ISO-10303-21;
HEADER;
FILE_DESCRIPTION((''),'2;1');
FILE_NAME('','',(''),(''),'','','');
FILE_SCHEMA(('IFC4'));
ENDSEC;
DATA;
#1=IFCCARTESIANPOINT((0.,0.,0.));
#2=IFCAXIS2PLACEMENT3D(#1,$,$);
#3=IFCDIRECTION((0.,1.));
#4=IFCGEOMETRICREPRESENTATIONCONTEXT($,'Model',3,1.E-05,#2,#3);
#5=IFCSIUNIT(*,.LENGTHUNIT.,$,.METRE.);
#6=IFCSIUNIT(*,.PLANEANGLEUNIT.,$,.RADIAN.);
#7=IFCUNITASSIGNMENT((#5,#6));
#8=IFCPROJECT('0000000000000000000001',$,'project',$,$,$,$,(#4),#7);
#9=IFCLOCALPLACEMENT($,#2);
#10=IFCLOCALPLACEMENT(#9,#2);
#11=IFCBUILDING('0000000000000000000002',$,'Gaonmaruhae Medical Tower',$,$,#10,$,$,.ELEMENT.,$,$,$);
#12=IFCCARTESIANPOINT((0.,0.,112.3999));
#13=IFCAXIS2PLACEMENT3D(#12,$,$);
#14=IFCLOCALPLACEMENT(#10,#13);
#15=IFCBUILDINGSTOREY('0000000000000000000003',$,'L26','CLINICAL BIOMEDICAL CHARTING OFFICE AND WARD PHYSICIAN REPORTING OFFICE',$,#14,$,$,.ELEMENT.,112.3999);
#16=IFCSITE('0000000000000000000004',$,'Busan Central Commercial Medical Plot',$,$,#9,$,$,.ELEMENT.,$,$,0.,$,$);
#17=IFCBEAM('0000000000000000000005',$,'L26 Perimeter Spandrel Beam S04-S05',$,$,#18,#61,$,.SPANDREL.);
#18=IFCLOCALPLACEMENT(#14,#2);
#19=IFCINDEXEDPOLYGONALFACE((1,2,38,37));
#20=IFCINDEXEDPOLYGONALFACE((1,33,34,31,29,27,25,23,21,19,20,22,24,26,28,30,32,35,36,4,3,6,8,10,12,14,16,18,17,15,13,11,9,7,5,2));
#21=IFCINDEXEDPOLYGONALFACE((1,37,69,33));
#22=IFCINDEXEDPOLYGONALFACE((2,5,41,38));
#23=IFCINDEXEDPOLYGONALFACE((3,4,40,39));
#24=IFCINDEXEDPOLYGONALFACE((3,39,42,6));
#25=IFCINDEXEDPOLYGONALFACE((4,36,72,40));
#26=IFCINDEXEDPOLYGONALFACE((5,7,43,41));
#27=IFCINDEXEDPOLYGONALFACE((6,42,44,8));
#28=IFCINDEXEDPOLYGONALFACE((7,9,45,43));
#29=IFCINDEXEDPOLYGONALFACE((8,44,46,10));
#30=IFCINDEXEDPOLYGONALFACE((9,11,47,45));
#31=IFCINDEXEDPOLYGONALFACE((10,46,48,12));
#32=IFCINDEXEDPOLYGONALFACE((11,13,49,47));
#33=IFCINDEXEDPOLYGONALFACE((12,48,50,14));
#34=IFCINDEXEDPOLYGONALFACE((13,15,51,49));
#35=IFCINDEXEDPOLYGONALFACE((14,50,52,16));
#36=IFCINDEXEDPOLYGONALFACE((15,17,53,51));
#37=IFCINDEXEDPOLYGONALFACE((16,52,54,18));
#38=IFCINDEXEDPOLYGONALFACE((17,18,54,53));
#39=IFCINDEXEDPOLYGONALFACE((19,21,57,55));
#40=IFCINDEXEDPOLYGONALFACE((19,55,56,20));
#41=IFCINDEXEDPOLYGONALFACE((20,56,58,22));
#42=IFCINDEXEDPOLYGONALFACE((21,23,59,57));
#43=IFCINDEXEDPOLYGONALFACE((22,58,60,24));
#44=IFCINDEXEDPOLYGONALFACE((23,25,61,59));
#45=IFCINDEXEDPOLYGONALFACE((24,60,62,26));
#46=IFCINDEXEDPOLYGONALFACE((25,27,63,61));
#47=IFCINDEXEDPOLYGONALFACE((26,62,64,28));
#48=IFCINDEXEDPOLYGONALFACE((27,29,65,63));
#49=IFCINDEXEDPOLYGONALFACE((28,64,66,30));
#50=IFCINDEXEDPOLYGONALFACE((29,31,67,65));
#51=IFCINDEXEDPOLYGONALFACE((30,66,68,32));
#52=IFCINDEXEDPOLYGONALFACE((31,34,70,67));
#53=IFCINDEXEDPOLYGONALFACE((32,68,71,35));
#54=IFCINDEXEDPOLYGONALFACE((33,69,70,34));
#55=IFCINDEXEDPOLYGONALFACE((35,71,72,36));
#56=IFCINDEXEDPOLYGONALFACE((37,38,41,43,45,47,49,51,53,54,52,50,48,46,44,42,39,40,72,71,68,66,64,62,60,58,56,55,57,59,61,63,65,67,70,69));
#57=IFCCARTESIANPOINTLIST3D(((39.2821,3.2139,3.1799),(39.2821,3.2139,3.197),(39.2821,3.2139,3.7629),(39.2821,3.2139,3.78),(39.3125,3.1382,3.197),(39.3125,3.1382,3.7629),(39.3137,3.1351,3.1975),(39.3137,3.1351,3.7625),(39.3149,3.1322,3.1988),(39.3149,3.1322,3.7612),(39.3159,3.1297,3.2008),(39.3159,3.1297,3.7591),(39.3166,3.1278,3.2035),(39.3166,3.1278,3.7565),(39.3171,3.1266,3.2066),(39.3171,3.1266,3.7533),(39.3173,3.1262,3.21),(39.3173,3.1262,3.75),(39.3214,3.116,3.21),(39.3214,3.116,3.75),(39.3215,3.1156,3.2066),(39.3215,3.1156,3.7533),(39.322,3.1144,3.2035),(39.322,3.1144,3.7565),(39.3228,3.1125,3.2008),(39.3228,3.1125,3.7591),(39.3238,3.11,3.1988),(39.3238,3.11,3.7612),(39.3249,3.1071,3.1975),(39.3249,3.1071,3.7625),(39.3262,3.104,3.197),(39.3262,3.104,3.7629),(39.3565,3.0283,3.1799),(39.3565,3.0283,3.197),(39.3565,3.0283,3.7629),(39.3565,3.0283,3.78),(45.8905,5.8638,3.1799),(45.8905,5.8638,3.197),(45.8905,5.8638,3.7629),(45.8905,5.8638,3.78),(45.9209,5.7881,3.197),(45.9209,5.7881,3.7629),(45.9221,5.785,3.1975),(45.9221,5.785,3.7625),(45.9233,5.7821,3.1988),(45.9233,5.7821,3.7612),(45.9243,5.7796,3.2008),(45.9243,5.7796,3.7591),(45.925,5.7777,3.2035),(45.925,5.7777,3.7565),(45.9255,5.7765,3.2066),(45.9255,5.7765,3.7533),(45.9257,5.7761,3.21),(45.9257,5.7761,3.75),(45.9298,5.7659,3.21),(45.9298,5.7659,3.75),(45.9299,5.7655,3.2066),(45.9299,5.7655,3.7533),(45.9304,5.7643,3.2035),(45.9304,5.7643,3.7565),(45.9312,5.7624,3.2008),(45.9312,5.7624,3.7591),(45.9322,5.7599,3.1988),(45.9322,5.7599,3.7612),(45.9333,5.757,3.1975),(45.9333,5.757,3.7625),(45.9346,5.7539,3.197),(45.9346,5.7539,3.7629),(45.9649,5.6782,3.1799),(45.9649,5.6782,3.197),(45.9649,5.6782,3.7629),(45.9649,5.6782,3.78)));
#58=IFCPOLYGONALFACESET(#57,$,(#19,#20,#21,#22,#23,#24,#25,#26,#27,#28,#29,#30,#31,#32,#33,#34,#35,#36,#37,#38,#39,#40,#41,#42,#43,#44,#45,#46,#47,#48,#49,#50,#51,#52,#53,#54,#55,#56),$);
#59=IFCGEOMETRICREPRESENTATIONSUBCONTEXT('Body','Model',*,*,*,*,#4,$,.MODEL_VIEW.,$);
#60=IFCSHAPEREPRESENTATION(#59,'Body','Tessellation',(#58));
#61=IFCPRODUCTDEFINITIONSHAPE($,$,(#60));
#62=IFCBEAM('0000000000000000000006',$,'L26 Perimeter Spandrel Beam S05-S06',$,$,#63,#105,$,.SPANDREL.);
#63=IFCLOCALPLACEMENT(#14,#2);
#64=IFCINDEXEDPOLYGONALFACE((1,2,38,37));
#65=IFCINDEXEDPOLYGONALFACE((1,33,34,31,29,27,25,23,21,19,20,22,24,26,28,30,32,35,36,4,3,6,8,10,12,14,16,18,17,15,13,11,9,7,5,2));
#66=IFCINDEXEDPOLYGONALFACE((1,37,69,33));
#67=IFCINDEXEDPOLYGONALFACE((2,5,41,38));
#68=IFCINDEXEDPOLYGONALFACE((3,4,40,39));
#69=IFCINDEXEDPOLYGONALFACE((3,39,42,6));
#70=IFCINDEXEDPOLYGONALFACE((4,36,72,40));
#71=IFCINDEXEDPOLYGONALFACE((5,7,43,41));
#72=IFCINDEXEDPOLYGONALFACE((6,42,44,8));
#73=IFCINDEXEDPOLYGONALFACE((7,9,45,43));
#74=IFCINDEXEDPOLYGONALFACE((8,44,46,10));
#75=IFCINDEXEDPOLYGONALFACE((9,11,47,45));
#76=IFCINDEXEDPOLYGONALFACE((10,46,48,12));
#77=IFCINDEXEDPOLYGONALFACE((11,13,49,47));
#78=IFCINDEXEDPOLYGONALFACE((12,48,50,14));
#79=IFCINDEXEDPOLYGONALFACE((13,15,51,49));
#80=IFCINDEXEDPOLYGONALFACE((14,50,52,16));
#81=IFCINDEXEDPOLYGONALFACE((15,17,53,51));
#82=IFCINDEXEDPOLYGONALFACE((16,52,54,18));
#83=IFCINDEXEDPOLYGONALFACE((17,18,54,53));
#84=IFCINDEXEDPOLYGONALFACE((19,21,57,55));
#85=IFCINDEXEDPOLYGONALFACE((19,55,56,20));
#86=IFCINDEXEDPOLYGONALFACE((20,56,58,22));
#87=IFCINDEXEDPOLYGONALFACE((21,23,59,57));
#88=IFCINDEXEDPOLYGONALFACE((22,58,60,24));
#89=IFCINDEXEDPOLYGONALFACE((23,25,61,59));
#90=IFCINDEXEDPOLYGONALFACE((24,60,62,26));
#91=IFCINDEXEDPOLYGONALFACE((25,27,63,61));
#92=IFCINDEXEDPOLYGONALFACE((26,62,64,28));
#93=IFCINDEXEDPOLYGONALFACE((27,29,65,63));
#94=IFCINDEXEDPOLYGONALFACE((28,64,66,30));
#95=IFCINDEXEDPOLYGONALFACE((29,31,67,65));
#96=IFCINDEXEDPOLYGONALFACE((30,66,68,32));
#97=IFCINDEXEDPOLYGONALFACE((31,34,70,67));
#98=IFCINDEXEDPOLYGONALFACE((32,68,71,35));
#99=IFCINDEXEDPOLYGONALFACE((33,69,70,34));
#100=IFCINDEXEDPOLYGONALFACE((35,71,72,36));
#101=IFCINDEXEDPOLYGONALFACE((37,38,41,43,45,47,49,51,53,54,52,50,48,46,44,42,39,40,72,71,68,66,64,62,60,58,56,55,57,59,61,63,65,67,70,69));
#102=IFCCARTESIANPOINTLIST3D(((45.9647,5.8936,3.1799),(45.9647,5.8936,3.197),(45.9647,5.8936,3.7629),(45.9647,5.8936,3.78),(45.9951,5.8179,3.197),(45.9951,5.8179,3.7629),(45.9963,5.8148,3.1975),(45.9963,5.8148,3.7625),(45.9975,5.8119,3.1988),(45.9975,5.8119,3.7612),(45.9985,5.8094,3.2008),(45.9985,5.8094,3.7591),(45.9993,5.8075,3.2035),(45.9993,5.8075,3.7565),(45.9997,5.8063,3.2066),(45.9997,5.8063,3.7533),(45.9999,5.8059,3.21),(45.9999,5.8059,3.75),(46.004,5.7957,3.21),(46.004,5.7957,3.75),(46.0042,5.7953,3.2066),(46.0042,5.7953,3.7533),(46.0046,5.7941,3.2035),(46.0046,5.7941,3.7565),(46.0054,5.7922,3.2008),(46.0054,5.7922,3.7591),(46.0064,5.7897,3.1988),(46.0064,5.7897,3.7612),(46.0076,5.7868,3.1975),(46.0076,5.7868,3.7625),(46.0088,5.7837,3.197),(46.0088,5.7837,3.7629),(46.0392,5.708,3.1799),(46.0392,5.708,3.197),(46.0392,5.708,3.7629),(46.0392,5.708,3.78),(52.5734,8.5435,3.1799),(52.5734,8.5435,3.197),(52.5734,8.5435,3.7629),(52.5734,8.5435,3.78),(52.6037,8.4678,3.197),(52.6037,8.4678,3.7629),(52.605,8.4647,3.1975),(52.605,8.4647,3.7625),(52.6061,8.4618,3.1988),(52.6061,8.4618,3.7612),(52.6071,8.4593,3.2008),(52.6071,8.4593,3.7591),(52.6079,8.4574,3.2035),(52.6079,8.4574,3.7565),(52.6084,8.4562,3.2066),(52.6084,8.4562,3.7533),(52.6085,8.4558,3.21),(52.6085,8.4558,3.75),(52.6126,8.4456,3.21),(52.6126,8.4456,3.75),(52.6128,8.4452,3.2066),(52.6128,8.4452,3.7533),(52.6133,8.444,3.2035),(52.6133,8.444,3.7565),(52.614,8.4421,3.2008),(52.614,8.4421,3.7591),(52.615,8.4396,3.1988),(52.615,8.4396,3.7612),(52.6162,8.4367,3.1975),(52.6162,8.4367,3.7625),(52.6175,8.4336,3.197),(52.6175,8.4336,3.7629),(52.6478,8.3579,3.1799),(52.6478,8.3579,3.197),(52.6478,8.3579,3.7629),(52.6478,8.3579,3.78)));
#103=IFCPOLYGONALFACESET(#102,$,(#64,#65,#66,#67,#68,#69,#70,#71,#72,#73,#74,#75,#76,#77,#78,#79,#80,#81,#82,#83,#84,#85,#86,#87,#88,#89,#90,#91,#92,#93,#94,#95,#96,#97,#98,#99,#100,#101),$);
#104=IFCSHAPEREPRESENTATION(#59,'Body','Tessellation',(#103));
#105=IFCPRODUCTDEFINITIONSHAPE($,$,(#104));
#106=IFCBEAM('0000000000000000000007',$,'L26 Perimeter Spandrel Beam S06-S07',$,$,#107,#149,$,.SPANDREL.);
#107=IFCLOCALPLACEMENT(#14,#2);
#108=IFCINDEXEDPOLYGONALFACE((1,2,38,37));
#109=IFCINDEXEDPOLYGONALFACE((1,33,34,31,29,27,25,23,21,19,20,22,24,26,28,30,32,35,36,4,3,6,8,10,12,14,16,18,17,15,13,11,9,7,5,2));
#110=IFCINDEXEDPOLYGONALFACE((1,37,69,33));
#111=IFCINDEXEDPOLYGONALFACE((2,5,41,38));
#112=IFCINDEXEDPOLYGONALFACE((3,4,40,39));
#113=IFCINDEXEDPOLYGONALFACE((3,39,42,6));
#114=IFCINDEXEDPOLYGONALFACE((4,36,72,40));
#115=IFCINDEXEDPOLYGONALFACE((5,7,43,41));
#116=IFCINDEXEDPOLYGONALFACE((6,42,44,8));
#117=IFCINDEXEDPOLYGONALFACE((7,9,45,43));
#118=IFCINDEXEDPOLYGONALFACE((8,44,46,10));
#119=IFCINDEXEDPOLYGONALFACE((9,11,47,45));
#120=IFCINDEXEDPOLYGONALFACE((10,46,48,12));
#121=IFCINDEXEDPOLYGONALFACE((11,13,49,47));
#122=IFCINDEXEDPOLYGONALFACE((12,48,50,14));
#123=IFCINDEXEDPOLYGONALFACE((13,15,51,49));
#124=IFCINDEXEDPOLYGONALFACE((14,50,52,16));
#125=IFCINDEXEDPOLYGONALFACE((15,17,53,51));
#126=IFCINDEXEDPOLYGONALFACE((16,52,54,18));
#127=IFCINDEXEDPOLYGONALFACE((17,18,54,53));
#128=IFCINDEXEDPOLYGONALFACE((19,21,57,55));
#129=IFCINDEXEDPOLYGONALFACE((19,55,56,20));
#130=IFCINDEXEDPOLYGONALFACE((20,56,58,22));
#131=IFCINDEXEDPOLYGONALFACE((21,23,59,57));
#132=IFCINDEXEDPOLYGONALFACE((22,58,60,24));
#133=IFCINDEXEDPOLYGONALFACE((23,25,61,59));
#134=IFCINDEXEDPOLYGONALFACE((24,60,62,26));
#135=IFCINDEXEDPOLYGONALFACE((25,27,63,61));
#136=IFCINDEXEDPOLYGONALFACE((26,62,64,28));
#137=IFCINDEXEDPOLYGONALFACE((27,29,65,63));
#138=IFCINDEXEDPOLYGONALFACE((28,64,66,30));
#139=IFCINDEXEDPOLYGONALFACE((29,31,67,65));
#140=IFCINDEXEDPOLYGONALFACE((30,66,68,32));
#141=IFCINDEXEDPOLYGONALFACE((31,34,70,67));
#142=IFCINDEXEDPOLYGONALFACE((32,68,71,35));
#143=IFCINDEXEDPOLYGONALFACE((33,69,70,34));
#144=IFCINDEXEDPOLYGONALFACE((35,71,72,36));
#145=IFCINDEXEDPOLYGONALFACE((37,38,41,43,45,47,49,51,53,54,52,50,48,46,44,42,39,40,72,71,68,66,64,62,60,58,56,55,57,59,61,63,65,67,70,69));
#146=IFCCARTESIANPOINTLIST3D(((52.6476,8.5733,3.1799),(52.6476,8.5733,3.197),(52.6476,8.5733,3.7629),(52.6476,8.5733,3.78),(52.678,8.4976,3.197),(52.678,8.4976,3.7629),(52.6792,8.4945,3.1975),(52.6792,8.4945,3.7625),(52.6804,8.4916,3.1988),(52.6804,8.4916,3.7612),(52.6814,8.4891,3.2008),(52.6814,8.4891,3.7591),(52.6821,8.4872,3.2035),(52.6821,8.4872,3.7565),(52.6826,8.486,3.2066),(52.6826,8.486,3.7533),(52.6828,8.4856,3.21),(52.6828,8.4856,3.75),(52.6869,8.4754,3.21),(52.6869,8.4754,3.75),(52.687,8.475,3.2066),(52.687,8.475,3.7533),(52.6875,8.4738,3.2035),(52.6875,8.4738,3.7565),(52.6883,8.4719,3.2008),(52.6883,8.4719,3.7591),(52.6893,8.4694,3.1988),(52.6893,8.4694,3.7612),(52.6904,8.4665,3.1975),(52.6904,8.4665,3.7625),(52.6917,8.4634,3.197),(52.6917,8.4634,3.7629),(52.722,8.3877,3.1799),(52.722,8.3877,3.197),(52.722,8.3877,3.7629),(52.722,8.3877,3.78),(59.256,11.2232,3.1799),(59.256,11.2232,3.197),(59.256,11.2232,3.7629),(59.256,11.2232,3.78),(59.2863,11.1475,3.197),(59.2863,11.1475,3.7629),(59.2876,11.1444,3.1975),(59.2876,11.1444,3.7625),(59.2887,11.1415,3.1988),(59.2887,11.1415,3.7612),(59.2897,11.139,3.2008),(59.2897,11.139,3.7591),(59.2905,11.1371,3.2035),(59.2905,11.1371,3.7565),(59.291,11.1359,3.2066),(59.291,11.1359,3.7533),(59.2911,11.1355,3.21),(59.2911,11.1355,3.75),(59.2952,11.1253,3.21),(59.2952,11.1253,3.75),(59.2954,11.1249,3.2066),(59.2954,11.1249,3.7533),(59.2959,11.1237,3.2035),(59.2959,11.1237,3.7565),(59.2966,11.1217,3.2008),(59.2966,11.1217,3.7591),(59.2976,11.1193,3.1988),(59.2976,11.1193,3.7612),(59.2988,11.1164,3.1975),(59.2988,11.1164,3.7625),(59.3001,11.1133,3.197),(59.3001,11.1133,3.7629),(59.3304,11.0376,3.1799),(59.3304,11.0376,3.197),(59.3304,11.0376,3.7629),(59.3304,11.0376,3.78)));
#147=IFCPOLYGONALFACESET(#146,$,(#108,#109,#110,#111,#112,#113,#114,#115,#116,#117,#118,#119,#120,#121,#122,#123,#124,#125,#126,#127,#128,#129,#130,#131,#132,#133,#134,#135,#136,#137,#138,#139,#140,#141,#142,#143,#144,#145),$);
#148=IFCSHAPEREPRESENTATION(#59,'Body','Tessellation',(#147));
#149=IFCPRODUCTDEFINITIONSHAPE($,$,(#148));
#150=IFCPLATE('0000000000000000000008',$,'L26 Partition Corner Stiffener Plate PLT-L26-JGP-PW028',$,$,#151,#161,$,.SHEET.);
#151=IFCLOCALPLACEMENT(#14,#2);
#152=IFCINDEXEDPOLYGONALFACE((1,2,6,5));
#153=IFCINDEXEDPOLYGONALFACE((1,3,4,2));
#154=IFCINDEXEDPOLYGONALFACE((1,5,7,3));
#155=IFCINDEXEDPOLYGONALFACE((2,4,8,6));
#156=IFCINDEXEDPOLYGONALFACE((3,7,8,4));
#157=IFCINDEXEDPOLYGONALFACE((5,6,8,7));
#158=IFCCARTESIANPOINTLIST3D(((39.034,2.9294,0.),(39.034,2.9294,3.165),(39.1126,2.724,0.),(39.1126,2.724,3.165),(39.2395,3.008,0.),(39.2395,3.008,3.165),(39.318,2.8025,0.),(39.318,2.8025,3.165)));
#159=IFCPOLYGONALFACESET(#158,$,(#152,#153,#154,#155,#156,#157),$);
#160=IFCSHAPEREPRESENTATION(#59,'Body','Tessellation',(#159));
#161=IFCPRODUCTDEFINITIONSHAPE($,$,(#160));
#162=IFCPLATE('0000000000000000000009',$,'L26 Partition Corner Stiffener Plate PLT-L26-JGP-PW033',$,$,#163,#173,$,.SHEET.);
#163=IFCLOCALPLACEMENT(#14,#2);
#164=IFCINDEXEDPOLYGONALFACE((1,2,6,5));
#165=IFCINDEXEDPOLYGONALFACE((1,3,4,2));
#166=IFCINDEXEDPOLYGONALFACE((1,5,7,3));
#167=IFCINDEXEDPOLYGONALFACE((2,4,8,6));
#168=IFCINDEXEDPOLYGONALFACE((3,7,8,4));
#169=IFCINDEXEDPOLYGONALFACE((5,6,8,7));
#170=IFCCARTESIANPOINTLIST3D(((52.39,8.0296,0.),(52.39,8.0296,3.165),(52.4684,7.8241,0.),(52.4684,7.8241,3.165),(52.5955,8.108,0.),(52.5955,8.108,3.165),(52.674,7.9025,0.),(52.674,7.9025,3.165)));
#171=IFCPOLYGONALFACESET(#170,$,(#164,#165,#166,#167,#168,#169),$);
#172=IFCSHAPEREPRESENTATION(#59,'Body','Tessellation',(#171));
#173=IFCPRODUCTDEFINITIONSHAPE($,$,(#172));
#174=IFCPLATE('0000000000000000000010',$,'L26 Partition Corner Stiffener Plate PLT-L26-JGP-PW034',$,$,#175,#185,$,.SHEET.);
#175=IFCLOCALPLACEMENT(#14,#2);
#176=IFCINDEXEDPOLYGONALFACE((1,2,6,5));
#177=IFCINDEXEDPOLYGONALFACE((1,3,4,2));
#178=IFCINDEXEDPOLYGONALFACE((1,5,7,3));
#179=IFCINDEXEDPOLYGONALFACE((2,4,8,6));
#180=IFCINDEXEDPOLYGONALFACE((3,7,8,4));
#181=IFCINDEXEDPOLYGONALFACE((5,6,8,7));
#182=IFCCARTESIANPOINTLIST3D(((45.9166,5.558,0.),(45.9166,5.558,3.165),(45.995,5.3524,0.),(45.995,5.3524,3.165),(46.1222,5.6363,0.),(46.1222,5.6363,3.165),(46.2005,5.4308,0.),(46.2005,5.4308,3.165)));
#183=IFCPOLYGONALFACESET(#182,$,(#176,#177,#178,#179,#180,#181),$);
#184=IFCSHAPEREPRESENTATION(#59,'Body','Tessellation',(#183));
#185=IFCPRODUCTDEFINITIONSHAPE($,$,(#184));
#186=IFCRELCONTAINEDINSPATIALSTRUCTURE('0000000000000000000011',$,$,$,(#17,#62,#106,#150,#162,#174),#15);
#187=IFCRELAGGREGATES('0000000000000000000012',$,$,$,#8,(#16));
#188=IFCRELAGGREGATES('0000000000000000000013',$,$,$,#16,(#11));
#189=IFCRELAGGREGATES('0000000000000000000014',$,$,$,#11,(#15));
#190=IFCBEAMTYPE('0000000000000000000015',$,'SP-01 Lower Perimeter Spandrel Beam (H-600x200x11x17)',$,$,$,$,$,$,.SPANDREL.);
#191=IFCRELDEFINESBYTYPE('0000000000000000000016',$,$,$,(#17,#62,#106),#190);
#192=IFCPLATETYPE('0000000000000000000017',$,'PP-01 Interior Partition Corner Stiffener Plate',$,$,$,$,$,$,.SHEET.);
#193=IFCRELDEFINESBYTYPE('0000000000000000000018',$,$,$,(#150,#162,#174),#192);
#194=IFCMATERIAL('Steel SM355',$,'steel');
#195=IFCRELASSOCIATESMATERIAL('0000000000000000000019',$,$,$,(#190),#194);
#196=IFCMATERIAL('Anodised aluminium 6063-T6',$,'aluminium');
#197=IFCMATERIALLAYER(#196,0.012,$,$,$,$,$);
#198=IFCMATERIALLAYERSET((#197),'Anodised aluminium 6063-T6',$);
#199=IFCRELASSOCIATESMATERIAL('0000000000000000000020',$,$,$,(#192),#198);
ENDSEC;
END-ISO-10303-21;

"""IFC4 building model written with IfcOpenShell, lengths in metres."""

from ifc_helpers import new_model, si_unit, direction, frame, origin, origin_2d, place, context, subcontext, project, spatial, rectangle, i_section, extrude, material, layer, layer_set, material_profile, profile_set, type_object, element, save


model = new_model("IFC4")

# Units and contexts
model_context = context("Model", 3, precision=1e-05, world=origin(), true_north=direction((0.0, 1.0)))
body_context = subcontext(model_context, "Body", "Model", "MODEL_VIEW")
ifc_project = project(units=[si_unit("LENGTHUNIT", "METRE"), si_unit("PLANEANGLEUNIT", "RADIAN")], contexts=[model_context])

# Site, building, storey
site_placement = place(None, origin())
site = spatial("IfcSite", under=ifc_project, at=site_placement, Name="Busan Central Commercial Medical Plot", CompositionType="ELEMENT", RefElevation=0.0)
building_placement = place(site_placement, origin())
building = spatial("IfcBuilding", under=site, at=building_placement, Name="Gaonmaruhae Medical Tower", CompositionType="ELEMENT")
storey_placement = place(building_placement, frame((0.0, 0.0, 112.3999)))
storey = spatial("IfcBuildingStorey", under=building, at=storey_placement, Name="L26", Description="CLINICAL BIOMEDICAL CHARTING OFFICE AND WARD PHYSICIAN REPORTING OFFICE", CompositionType="ELEMENT", Elevation=112.3999)

# Beams
ifc_material_1 = material(Name="Steel SM355", Category="steel")
ifc_material_profile_1 = material_profile(ifc_material_1, i_section(OverallWidth=0.2, OverallDepth=0.6001, WebThickness=0.011, FlangeThickness=0.0171, FilletRadius=0.0129, at=origin_2d()), Name="H-600x200x11x17")
ifc_profile_set_1 = profile_set([ifc_material_profile_1], Name="Steel SM355")
beam_type_1 = type_object("IfcBeamType", Name="SP-01 Lower Perimeter Spandrel Beam (H-600x200x11x17)", PredefinedType="SPANDREL", material=ifc_profile_set_1)
beam_1_placement = place(storey_placement, frame((39.3193, 3.1211, 3.48), z_axis=(0.928159, 0.372183, 0.0), x_axis=(-0.372183, 0.928159, 0.0)))
element("IfcBeam", 1, at=beam_1_placement, inside=storey, type_object=beam_type_1, Name="L26 Perimeter Spandrel Beam S04-S05", PredefinedType="SPANDREL", context=body_context, shape_type="SweptSolid", body=[
    extrude(i_section(OverallWidth=0.2, OverallDepth=0.6001, WebThickness=0.011, FlangeThickness=0.0171, FilletRadius=0.0129, at=origin_2d()), origin(), (0.0, 0.0, 1.0), 7.1199),
])
beam_2_placement = place(storey_placement, frame((46.002, 5.8008, 3.48), z_axis=(0.928164, 0.372171, 0.0), x_axis=(-0.372171, 0.928164, 0.0)))
element("IfcBeam", 2, at=beam_2_placement, inside=storey, type_object=beam_type_1, Name="L26 Perimeter Spandrel Beam S05-S06", PredefinedType="SPANDREL", context=body_context, shape_type="SweptSolid", body=[
    extrude(i_section(OverallWidth=0.2, OverallDepth=0.6001, WebThickness=0.011, FlangeThickness=0.0171, FilletRadius=0.0129, at=origin_2d()), origin(), (0.0, 0.0, 1.0), 7.1201),
])
beam_3_placement = place(storey_placement, frame((52.6848, 8.4805, 3.48), z_axis=(0.928159, 0.372183, 0.0), x_axis=(-0.372183, 0.928159, 0.0)))
element("IfcBeam", 3, at=beam_3_placement, inside=storey, type_object=beam_type_1, Name="L26 Perimeter Spandrel Beam S06-S07", PredefinedType="SPANDREL", context=body_context, shape_type="SweptSolid", body=[
    extrude(i_section(OverallWidth=0.2, OverallDepth=0.6001, WebThickness=0.011, FlangeThickness=0.0171, FilletRadius=0.0129, at=origin_2d()), origin(), (0.0, 0.0, 1.0), 7.1199),
])

# Plates
ifc_material_2 = material(Name="Anodised aluminium 6063-T6", Category="aluminium")
ifc_layer_1 = layer(ifc_material_2, 0.012)
ifc_layer_set_1 = layer_set([ifc_layer_1], Name="Anodised aluminium 6063-T6")
plate_type = type_object("IfcPlateType", Name="PP-01 Interior Partition Corner Stiffener Plate", PredefinedType="SHEET", material=ifc_layer_set_1)
for number, where, z_axis, x_axis, name in (
    (4, (39.176, 2.866, 0.0), (0.0, 0.0, 1.0), (-0.934074, -0.35708, 0.0), "L26 Partition Corner Stiffener Plate PLT-L26-JGP-PW028"),
    (5, (52.532, 7.9661, 0.0), (0.0, 0.0, 1.0), (-0.934279, -0.356542, 0.0), "L26 Partition Corner Stiffener Plate PLT-L26-JGP-PW033"),
    (6, (46.0586, 5.4944, 0.0), (0.0, 0.0, 1.0), (-0.934366, -0.356314, 0.0), "L26 Partition Corner Stiffener Plate PLT-L26-JGP-PW034"),
):
    element("IfcPlate", number, at=place(storey_placement, frame(where, z_axis=z_axis, x_axis=x_axis)), inside=storey, type_object=plate_type, Name=name, PredefinedType="SHEET", context=body_context, shape_type="SweptSolid", body=[
        extrude(rectangle(XDim=0.22, YDim=0.22, at=origin_2d()), origin(), (0.0, 0.0, 1.0), 3.165),
    ])

save(model, "model.ifc")
